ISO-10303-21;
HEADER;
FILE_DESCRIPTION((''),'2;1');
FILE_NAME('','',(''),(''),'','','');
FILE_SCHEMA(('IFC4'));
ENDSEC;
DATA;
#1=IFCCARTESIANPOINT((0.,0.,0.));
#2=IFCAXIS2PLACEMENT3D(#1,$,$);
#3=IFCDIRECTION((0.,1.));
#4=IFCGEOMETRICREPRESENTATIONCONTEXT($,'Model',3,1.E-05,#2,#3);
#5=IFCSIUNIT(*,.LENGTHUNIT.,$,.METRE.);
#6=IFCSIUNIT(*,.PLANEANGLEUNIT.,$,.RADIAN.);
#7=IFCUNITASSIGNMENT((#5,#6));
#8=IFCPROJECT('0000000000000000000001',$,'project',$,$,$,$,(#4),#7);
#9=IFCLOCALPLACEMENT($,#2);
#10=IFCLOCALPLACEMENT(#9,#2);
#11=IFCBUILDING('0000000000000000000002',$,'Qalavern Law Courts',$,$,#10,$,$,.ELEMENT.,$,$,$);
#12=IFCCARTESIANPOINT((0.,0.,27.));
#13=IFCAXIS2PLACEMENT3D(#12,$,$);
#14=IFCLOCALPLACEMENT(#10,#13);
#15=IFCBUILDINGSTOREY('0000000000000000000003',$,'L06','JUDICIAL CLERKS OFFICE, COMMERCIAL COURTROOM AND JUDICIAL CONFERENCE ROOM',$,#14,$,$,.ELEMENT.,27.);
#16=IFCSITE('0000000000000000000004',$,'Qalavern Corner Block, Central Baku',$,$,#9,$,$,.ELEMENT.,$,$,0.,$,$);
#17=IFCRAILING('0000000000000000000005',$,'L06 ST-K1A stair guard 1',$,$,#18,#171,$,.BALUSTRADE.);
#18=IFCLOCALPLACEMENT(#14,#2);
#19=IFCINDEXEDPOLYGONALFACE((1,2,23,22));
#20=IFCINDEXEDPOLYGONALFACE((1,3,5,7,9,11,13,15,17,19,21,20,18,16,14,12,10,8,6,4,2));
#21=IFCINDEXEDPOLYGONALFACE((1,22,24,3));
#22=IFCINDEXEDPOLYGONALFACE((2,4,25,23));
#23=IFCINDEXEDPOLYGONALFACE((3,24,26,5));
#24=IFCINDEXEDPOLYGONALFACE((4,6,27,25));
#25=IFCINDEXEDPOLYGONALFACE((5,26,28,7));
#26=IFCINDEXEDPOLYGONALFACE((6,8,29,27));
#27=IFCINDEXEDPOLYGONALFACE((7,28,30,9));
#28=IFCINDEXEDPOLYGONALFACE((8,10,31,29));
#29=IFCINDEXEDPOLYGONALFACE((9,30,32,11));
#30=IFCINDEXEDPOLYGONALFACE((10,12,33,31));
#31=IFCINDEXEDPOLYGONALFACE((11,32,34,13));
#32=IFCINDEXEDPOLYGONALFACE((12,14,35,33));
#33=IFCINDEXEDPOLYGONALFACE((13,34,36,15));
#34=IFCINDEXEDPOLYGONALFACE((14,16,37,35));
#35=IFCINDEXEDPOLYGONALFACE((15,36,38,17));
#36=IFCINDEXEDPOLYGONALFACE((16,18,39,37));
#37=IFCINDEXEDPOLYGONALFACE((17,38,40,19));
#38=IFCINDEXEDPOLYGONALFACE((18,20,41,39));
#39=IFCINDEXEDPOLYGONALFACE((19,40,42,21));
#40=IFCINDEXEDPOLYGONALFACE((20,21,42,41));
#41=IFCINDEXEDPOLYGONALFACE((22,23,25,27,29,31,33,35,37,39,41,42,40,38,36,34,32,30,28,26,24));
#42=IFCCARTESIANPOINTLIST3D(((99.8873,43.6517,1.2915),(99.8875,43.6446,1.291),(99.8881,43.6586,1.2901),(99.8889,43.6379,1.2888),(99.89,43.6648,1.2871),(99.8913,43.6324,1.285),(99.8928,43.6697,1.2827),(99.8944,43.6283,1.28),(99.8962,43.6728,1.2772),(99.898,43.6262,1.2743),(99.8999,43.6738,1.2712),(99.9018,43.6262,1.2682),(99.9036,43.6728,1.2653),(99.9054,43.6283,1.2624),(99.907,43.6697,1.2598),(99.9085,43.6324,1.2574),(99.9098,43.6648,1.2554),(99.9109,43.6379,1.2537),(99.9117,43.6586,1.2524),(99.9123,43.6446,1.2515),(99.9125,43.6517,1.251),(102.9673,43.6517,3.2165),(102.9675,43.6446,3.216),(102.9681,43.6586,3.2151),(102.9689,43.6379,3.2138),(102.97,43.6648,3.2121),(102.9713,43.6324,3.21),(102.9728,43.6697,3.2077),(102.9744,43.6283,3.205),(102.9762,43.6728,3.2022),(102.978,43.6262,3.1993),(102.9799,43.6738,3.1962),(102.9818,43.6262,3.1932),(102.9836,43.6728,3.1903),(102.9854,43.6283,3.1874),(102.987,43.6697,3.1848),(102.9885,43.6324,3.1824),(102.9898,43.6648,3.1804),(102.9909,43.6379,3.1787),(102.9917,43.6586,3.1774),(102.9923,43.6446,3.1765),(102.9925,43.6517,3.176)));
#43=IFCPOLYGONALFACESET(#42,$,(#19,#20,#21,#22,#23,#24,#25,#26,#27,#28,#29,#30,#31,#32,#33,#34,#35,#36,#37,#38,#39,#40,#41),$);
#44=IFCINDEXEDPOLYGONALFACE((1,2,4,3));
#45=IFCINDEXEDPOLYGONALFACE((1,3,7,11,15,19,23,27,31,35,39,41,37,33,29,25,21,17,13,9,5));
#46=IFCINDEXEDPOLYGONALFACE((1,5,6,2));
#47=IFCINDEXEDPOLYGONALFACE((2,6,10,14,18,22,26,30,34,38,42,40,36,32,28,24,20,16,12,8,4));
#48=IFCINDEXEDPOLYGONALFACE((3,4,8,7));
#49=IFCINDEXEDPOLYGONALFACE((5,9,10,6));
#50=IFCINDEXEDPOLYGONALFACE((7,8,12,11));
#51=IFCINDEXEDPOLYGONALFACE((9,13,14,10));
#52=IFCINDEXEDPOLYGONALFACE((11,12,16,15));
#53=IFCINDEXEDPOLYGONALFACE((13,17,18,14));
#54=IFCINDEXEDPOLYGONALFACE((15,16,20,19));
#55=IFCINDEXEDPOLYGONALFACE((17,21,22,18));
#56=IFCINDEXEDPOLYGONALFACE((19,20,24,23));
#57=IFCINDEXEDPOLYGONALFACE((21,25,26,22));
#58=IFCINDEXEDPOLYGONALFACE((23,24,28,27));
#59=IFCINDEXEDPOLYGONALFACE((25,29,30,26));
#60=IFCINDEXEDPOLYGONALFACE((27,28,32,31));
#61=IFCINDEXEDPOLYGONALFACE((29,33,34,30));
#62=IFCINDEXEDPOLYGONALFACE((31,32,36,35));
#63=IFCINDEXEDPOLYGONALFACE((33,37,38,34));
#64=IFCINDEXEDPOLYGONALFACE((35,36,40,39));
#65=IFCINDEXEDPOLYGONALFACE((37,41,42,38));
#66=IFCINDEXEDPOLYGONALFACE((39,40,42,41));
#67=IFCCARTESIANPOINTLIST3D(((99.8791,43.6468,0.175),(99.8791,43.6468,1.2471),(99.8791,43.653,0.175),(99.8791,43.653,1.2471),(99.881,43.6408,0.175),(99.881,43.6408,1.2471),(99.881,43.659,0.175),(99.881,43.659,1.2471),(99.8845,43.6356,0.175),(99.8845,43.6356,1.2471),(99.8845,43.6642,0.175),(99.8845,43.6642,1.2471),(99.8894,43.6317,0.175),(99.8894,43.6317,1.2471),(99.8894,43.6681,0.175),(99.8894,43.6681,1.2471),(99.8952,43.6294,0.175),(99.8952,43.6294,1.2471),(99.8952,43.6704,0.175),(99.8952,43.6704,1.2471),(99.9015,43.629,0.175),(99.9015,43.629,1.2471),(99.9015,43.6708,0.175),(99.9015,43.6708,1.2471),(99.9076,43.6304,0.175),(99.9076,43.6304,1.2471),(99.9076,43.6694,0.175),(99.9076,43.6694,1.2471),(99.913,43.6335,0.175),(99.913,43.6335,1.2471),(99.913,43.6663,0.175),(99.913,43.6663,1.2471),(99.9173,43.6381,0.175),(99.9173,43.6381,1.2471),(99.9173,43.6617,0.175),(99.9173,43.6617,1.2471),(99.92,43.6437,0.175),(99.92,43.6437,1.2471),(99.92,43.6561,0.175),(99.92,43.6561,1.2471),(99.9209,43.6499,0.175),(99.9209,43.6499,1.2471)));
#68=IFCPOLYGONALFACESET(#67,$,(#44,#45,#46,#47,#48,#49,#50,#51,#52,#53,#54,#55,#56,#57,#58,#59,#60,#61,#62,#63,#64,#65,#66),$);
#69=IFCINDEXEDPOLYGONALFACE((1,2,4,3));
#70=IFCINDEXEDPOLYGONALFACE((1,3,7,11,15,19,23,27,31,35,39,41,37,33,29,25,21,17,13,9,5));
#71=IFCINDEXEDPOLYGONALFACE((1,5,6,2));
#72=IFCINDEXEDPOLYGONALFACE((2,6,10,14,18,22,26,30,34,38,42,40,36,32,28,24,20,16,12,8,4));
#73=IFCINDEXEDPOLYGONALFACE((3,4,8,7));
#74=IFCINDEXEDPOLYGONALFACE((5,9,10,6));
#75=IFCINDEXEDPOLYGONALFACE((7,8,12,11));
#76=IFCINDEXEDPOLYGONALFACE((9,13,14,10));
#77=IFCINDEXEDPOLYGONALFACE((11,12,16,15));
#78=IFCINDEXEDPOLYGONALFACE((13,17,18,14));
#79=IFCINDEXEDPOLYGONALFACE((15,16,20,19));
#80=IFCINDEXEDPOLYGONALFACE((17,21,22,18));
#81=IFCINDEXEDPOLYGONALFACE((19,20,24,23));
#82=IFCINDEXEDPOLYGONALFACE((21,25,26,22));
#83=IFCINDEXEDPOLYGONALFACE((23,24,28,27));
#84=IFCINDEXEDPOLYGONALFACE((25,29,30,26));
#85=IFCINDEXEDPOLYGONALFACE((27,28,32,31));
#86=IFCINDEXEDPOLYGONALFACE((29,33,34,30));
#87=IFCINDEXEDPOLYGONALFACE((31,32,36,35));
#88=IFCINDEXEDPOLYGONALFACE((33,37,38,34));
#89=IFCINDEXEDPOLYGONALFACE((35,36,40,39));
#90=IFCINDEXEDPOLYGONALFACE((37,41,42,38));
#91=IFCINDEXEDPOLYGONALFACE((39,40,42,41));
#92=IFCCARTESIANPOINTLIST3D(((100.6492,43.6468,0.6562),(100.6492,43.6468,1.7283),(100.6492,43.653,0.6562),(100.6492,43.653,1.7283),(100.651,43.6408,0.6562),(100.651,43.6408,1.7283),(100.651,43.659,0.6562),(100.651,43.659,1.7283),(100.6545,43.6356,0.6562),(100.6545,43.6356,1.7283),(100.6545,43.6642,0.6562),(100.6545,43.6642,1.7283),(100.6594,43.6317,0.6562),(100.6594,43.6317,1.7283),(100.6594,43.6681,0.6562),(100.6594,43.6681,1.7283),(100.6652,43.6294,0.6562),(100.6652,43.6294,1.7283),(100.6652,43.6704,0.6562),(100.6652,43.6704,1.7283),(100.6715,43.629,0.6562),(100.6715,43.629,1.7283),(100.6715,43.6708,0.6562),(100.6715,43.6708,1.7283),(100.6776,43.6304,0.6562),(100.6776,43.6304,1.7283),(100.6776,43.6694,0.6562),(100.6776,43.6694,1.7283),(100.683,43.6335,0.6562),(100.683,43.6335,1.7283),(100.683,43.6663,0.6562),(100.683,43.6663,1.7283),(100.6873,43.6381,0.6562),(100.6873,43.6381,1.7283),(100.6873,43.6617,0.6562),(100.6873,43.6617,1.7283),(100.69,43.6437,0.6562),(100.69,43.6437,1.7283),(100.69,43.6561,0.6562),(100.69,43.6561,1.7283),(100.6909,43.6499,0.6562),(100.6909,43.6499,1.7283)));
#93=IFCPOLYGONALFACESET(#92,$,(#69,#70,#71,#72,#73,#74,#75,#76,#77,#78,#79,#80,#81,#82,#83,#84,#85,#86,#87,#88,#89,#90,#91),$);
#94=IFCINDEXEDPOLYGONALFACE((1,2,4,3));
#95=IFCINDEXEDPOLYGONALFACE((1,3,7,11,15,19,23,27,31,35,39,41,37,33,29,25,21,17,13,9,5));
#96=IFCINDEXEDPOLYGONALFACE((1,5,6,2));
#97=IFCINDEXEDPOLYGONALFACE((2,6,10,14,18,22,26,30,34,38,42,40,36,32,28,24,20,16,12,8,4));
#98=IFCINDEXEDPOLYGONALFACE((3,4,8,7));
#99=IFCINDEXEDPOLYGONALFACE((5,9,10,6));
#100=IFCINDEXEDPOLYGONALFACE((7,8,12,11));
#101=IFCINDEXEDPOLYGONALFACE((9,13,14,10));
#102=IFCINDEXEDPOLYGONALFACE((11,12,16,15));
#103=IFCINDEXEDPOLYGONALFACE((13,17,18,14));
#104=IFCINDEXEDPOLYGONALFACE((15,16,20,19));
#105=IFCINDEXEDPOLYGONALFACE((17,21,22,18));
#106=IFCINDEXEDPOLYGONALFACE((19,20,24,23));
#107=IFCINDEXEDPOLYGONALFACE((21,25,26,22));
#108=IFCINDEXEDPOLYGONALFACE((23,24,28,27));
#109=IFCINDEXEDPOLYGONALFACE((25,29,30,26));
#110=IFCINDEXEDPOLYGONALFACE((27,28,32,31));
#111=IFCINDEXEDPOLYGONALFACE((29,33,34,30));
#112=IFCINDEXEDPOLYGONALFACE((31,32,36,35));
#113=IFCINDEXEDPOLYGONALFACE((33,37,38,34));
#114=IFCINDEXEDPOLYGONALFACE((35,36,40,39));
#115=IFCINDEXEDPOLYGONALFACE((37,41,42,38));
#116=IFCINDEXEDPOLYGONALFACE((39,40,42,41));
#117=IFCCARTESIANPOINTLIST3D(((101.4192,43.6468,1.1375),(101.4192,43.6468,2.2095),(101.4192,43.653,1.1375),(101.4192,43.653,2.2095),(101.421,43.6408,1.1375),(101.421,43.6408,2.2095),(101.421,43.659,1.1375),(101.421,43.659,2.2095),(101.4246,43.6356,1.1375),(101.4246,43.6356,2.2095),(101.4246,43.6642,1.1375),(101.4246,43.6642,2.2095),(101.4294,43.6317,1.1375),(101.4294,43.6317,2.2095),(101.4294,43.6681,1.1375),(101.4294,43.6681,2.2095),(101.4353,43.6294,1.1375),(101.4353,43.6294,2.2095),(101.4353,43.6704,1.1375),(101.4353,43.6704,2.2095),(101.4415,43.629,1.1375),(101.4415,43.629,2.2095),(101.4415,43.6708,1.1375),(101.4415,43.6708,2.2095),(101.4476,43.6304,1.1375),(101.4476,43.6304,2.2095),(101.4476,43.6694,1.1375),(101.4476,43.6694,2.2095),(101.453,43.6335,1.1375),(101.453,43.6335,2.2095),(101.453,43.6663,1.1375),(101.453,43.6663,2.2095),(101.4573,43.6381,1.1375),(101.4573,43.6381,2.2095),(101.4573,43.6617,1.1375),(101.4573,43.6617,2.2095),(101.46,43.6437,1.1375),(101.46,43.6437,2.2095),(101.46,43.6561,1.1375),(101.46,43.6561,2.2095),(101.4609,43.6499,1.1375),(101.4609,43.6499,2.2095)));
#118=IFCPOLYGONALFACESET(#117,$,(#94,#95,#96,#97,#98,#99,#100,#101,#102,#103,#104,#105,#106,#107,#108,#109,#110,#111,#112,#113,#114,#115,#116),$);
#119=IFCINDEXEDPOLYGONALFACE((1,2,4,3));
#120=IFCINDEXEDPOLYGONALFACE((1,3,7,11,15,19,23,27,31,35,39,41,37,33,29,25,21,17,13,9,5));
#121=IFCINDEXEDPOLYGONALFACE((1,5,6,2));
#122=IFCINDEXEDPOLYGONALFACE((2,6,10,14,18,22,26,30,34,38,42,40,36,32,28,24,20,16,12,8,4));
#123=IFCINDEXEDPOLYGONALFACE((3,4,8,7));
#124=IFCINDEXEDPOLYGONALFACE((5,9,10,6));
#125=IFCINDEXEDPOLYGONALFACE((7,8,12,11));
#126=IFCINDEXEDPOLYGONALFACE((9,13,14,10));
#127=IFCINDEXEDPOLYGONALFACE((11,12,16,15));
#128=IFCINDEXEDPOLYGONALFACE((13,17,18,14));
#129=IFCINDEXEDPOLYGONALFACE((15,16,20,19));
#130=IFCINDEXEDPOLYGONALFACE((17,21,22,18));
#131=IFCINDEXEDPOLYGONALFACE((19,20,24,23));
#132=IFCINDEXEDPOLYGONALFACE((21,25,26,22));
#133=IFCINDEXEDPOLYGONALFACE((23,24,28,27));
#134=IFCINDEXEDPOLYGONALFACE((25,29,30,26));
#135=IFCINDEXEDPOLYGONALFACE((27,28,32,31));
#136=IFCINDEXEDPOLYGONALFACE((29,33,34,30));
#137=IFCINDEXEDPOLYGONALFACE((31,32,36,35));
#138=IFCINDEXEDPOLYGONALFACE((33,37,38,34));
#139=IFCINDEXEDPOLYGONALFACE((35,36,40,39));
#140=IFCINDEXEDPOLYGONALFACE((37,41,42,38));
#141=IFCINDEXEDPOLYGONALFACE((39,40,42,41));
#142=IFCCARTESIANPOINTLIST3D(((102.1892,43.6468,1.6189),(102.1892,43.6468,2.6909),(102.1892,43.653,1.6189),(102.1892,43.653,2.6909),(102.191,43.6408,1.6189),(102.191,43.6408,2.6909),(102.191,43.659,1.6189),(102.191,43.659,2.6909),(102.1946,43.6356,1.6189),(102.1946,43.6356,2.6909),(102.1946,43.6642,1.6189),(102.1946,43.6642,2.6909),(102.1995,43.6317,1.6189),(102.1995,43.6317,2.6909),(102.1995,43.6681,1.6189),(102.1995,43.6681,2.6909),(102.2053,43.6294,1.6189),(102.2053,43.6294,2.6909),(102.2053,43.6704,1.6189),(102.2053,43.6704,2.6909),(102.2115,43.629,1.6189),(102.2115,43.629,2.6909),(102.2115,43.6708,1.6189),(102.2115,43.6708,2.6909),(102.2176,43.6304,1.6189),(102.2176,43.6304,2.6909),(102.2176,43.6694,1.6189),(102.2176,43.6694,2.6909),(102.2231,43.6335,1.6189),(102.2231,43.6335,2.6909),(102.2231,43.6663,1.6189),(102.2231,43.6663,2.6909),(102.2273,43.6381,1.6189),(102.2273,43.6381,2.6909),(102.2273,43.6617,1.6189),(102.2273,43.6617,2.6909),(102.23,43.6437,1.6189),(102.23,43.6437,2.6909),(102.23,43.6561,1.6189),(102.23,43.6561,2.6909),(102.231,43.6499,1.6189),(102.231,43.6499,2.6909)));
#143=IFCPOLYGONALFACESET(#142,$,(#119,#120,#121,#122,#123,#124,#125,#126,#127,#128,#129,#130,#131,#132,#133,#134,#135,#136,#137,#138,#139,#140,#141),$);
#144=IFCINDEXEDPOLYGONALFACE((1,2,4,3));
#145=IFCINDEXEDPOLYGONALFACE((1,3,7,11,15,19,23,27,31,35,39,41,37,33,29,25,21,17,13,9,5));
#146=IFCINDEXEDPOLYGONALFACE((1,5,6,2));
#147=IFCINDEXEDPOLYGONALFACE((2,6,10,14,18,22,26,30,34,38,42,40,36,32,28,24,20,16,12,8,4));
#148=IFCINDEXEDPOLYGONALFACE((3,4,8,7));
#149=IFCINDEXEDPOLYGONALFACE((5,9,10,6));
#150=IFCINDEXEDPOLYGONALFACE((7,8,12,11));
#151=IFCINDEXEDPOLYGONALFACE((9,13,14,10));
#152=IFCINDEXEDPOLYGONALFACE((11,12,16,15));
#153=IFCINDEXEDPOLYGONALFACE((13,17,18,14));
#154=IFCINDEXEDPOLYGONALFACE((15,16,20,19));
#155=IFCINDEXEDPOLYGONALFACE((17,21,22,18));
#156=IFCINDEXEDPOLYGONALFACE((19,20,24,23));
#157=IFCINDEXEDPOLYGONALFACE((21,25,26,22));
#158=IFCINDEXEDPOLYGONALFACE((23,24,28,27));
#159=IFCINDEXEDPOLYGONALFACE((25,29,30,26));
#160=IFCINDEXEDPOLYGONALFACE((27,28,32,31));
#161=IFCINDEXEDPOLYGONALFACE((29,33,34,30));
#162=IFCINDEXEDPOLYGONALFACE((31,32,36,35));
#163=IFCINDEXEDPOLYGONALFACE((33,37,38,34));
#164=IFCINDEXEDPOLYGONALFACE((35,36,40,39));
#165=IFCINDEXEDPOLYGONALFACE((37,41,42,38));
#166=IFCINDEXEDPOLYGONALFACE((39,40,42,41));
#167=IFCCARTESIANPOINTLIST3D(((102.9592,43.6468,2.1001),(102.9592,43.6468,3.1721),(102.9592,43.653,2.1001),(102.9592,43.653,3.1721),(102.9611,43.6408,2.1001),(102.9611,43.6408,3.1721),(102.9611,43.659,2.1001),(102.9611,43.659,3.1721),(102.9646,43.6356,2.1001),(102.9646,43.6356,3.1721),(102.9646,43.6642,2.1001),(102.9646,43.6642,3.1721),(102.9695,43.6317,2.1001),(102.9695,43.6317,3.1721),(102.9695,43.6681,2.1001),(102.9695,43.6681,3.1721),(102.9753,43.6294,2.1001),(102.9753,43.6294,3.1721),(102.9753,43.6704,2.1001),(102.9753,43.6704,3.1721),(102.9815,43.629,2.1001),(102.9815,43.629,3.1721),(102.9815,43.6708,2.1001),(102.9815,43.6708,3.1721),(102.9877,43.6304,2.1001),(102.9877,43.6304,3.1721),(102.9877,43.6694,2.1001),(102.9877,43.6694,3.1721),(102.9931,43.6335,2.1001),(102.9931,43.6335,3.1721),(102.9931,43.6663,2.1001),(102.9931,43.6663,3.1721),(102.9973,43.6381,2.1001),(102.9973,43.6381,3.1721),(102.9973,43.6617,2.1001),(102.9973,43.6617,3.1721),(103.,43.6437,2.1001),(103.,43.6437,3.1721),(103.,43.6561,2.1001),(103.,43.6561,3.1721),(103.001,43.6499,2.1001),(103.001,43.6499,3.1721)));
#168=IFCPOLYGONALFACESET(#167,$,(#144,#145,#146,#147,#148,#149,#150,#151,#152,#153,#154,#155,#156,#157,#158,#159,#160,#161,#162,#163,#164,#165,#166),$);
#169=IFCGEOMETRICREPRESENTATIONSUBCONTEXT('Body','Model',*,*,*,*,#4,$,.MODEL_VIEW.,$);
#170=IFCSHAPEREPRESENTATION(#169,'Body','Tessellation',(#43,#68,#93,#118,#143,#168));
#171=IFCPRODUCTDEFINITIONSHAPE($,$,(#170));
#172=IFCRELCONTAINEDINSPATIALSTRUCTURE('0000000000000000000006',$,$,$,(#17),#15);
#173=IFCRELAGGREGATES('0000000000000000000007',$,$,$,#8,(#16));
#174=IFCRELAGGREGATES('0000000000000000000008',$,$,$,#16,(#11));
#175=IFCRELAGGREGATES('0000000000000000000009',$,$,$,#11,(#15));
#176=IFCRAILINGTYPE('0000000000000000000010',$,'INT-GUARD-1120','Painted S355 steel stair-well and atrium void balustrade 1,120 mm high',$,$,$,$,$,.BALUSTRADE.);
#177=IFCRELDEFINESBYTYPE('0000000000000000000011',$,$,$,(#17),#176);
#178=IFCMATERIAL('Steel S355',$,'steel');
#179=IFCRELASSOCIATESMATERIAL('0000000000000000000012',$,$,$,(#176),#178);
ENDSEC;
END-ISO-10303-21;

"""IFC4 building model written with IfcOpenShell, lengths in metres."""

from ifc_helpers import new_model, si_unit, direction, frame, origin, origin_2d, place, context, subcontext, project, spatial, circle, extrude, material, type_object, element, save


model = new_model("IFC4")

# Units and contexts
model_context = context("Model", 3, precision=1e-05, world=origin(), true_north=direction((0.0, 1.0)))
body_context = subcontext(model_context, "Body", "Model", "MODEL_VIEW")
ifc_project = project(units=[si_unit("LENGTHUNIT", "METRE"), si_unit("PLANEANGLEUNIT", "RADIAN")], contexts=[model_context])

# Site, building, storey
site_placement = place(None, origin())
site = spatial("IfcSite", under=ifc_project, at=site_placement, Name="Qalavern Corner Block, Central Baku", CompositionType="ELEMENT", RefElevation=0.0)
building_placement = place(site_placement, origin())
building = spatial("IfcBuilding", under=site, at=building_placement, Name="Qalavern Law Courts", CompositionType="ELEMENT")
storey_placement = place(building_placement, frame((0.0, 0.0, 27.0)))
storey = spatial("IfcBuildingStorey", under=building, at=storey_placement, Name="L06", Description="JUDICIAL CLERKS OFFICE, COMMERCIAL COURTROOM AND JUDICIAL CONFERENCE ROOM", CompositionType="ELEMENT", Elevation=27.0)

# Shared definitions
ifc_material_1 = material(Name="Steel S355", Category="steel")

# Railing
railing_type_1 = type_object("IfcRailingType", Name="INT-GUARD-1120", Description="Painted S355 steel stair-well and atrium void balustrade 1,120 mm high", PredefinedType="BALUSTRADE", material=ifc_material_1)
railing_1_placement = place(storey_placement, frame((99.8999, 43.6499, 0.175)))
element("IfcRailing", 1, at=railing_1_placement, inside=storey, type_object=railing_type_1, Name="L06 ST-K1A stair guard 1", PredefinedType="BALUSTRADE", context=body_context, shape_type="SweptSolid", body=[
    extrude(circle(Radius=0.0239, at=origin_2d()), frame((0.0, 0.0, 1.0962), z_axis=(0.847998, 0.0, 0.529999), x_axis=(0.0, 1.0, 0.0)), (0.0, 0.0, 1.0), 3.6321),
    extrude(circle(Radius=0.021, at=origin_2d()), origin(), (0.0, 0.0, 1.0), 1.072),
    extrude(circle(Radius=0.021, at=origin_2d()), frame((0.77, 0.0, 0.4812)), (0.0, 0.0, 1.0), 1.072),
    extrude(circle(Radius=0.021, at=origin_2d()), frame((1.54, 0.0, 0.9624)), (0.0, 0.0, 1.0), 1.072),
    extrude(circle(Radius=0.021, at=origin_2d()), frame((2.3101, 0.0, 1.4438)), (0.0, 0.0, 1.0), 1.072),
    extrude(circle(Radius=0.021, at=origin_2d()), frame((3.0801, 0.0, 1.925)), (0.0, 0.0, 1.0), 1.072),
])

save(model, "model.ifc")
